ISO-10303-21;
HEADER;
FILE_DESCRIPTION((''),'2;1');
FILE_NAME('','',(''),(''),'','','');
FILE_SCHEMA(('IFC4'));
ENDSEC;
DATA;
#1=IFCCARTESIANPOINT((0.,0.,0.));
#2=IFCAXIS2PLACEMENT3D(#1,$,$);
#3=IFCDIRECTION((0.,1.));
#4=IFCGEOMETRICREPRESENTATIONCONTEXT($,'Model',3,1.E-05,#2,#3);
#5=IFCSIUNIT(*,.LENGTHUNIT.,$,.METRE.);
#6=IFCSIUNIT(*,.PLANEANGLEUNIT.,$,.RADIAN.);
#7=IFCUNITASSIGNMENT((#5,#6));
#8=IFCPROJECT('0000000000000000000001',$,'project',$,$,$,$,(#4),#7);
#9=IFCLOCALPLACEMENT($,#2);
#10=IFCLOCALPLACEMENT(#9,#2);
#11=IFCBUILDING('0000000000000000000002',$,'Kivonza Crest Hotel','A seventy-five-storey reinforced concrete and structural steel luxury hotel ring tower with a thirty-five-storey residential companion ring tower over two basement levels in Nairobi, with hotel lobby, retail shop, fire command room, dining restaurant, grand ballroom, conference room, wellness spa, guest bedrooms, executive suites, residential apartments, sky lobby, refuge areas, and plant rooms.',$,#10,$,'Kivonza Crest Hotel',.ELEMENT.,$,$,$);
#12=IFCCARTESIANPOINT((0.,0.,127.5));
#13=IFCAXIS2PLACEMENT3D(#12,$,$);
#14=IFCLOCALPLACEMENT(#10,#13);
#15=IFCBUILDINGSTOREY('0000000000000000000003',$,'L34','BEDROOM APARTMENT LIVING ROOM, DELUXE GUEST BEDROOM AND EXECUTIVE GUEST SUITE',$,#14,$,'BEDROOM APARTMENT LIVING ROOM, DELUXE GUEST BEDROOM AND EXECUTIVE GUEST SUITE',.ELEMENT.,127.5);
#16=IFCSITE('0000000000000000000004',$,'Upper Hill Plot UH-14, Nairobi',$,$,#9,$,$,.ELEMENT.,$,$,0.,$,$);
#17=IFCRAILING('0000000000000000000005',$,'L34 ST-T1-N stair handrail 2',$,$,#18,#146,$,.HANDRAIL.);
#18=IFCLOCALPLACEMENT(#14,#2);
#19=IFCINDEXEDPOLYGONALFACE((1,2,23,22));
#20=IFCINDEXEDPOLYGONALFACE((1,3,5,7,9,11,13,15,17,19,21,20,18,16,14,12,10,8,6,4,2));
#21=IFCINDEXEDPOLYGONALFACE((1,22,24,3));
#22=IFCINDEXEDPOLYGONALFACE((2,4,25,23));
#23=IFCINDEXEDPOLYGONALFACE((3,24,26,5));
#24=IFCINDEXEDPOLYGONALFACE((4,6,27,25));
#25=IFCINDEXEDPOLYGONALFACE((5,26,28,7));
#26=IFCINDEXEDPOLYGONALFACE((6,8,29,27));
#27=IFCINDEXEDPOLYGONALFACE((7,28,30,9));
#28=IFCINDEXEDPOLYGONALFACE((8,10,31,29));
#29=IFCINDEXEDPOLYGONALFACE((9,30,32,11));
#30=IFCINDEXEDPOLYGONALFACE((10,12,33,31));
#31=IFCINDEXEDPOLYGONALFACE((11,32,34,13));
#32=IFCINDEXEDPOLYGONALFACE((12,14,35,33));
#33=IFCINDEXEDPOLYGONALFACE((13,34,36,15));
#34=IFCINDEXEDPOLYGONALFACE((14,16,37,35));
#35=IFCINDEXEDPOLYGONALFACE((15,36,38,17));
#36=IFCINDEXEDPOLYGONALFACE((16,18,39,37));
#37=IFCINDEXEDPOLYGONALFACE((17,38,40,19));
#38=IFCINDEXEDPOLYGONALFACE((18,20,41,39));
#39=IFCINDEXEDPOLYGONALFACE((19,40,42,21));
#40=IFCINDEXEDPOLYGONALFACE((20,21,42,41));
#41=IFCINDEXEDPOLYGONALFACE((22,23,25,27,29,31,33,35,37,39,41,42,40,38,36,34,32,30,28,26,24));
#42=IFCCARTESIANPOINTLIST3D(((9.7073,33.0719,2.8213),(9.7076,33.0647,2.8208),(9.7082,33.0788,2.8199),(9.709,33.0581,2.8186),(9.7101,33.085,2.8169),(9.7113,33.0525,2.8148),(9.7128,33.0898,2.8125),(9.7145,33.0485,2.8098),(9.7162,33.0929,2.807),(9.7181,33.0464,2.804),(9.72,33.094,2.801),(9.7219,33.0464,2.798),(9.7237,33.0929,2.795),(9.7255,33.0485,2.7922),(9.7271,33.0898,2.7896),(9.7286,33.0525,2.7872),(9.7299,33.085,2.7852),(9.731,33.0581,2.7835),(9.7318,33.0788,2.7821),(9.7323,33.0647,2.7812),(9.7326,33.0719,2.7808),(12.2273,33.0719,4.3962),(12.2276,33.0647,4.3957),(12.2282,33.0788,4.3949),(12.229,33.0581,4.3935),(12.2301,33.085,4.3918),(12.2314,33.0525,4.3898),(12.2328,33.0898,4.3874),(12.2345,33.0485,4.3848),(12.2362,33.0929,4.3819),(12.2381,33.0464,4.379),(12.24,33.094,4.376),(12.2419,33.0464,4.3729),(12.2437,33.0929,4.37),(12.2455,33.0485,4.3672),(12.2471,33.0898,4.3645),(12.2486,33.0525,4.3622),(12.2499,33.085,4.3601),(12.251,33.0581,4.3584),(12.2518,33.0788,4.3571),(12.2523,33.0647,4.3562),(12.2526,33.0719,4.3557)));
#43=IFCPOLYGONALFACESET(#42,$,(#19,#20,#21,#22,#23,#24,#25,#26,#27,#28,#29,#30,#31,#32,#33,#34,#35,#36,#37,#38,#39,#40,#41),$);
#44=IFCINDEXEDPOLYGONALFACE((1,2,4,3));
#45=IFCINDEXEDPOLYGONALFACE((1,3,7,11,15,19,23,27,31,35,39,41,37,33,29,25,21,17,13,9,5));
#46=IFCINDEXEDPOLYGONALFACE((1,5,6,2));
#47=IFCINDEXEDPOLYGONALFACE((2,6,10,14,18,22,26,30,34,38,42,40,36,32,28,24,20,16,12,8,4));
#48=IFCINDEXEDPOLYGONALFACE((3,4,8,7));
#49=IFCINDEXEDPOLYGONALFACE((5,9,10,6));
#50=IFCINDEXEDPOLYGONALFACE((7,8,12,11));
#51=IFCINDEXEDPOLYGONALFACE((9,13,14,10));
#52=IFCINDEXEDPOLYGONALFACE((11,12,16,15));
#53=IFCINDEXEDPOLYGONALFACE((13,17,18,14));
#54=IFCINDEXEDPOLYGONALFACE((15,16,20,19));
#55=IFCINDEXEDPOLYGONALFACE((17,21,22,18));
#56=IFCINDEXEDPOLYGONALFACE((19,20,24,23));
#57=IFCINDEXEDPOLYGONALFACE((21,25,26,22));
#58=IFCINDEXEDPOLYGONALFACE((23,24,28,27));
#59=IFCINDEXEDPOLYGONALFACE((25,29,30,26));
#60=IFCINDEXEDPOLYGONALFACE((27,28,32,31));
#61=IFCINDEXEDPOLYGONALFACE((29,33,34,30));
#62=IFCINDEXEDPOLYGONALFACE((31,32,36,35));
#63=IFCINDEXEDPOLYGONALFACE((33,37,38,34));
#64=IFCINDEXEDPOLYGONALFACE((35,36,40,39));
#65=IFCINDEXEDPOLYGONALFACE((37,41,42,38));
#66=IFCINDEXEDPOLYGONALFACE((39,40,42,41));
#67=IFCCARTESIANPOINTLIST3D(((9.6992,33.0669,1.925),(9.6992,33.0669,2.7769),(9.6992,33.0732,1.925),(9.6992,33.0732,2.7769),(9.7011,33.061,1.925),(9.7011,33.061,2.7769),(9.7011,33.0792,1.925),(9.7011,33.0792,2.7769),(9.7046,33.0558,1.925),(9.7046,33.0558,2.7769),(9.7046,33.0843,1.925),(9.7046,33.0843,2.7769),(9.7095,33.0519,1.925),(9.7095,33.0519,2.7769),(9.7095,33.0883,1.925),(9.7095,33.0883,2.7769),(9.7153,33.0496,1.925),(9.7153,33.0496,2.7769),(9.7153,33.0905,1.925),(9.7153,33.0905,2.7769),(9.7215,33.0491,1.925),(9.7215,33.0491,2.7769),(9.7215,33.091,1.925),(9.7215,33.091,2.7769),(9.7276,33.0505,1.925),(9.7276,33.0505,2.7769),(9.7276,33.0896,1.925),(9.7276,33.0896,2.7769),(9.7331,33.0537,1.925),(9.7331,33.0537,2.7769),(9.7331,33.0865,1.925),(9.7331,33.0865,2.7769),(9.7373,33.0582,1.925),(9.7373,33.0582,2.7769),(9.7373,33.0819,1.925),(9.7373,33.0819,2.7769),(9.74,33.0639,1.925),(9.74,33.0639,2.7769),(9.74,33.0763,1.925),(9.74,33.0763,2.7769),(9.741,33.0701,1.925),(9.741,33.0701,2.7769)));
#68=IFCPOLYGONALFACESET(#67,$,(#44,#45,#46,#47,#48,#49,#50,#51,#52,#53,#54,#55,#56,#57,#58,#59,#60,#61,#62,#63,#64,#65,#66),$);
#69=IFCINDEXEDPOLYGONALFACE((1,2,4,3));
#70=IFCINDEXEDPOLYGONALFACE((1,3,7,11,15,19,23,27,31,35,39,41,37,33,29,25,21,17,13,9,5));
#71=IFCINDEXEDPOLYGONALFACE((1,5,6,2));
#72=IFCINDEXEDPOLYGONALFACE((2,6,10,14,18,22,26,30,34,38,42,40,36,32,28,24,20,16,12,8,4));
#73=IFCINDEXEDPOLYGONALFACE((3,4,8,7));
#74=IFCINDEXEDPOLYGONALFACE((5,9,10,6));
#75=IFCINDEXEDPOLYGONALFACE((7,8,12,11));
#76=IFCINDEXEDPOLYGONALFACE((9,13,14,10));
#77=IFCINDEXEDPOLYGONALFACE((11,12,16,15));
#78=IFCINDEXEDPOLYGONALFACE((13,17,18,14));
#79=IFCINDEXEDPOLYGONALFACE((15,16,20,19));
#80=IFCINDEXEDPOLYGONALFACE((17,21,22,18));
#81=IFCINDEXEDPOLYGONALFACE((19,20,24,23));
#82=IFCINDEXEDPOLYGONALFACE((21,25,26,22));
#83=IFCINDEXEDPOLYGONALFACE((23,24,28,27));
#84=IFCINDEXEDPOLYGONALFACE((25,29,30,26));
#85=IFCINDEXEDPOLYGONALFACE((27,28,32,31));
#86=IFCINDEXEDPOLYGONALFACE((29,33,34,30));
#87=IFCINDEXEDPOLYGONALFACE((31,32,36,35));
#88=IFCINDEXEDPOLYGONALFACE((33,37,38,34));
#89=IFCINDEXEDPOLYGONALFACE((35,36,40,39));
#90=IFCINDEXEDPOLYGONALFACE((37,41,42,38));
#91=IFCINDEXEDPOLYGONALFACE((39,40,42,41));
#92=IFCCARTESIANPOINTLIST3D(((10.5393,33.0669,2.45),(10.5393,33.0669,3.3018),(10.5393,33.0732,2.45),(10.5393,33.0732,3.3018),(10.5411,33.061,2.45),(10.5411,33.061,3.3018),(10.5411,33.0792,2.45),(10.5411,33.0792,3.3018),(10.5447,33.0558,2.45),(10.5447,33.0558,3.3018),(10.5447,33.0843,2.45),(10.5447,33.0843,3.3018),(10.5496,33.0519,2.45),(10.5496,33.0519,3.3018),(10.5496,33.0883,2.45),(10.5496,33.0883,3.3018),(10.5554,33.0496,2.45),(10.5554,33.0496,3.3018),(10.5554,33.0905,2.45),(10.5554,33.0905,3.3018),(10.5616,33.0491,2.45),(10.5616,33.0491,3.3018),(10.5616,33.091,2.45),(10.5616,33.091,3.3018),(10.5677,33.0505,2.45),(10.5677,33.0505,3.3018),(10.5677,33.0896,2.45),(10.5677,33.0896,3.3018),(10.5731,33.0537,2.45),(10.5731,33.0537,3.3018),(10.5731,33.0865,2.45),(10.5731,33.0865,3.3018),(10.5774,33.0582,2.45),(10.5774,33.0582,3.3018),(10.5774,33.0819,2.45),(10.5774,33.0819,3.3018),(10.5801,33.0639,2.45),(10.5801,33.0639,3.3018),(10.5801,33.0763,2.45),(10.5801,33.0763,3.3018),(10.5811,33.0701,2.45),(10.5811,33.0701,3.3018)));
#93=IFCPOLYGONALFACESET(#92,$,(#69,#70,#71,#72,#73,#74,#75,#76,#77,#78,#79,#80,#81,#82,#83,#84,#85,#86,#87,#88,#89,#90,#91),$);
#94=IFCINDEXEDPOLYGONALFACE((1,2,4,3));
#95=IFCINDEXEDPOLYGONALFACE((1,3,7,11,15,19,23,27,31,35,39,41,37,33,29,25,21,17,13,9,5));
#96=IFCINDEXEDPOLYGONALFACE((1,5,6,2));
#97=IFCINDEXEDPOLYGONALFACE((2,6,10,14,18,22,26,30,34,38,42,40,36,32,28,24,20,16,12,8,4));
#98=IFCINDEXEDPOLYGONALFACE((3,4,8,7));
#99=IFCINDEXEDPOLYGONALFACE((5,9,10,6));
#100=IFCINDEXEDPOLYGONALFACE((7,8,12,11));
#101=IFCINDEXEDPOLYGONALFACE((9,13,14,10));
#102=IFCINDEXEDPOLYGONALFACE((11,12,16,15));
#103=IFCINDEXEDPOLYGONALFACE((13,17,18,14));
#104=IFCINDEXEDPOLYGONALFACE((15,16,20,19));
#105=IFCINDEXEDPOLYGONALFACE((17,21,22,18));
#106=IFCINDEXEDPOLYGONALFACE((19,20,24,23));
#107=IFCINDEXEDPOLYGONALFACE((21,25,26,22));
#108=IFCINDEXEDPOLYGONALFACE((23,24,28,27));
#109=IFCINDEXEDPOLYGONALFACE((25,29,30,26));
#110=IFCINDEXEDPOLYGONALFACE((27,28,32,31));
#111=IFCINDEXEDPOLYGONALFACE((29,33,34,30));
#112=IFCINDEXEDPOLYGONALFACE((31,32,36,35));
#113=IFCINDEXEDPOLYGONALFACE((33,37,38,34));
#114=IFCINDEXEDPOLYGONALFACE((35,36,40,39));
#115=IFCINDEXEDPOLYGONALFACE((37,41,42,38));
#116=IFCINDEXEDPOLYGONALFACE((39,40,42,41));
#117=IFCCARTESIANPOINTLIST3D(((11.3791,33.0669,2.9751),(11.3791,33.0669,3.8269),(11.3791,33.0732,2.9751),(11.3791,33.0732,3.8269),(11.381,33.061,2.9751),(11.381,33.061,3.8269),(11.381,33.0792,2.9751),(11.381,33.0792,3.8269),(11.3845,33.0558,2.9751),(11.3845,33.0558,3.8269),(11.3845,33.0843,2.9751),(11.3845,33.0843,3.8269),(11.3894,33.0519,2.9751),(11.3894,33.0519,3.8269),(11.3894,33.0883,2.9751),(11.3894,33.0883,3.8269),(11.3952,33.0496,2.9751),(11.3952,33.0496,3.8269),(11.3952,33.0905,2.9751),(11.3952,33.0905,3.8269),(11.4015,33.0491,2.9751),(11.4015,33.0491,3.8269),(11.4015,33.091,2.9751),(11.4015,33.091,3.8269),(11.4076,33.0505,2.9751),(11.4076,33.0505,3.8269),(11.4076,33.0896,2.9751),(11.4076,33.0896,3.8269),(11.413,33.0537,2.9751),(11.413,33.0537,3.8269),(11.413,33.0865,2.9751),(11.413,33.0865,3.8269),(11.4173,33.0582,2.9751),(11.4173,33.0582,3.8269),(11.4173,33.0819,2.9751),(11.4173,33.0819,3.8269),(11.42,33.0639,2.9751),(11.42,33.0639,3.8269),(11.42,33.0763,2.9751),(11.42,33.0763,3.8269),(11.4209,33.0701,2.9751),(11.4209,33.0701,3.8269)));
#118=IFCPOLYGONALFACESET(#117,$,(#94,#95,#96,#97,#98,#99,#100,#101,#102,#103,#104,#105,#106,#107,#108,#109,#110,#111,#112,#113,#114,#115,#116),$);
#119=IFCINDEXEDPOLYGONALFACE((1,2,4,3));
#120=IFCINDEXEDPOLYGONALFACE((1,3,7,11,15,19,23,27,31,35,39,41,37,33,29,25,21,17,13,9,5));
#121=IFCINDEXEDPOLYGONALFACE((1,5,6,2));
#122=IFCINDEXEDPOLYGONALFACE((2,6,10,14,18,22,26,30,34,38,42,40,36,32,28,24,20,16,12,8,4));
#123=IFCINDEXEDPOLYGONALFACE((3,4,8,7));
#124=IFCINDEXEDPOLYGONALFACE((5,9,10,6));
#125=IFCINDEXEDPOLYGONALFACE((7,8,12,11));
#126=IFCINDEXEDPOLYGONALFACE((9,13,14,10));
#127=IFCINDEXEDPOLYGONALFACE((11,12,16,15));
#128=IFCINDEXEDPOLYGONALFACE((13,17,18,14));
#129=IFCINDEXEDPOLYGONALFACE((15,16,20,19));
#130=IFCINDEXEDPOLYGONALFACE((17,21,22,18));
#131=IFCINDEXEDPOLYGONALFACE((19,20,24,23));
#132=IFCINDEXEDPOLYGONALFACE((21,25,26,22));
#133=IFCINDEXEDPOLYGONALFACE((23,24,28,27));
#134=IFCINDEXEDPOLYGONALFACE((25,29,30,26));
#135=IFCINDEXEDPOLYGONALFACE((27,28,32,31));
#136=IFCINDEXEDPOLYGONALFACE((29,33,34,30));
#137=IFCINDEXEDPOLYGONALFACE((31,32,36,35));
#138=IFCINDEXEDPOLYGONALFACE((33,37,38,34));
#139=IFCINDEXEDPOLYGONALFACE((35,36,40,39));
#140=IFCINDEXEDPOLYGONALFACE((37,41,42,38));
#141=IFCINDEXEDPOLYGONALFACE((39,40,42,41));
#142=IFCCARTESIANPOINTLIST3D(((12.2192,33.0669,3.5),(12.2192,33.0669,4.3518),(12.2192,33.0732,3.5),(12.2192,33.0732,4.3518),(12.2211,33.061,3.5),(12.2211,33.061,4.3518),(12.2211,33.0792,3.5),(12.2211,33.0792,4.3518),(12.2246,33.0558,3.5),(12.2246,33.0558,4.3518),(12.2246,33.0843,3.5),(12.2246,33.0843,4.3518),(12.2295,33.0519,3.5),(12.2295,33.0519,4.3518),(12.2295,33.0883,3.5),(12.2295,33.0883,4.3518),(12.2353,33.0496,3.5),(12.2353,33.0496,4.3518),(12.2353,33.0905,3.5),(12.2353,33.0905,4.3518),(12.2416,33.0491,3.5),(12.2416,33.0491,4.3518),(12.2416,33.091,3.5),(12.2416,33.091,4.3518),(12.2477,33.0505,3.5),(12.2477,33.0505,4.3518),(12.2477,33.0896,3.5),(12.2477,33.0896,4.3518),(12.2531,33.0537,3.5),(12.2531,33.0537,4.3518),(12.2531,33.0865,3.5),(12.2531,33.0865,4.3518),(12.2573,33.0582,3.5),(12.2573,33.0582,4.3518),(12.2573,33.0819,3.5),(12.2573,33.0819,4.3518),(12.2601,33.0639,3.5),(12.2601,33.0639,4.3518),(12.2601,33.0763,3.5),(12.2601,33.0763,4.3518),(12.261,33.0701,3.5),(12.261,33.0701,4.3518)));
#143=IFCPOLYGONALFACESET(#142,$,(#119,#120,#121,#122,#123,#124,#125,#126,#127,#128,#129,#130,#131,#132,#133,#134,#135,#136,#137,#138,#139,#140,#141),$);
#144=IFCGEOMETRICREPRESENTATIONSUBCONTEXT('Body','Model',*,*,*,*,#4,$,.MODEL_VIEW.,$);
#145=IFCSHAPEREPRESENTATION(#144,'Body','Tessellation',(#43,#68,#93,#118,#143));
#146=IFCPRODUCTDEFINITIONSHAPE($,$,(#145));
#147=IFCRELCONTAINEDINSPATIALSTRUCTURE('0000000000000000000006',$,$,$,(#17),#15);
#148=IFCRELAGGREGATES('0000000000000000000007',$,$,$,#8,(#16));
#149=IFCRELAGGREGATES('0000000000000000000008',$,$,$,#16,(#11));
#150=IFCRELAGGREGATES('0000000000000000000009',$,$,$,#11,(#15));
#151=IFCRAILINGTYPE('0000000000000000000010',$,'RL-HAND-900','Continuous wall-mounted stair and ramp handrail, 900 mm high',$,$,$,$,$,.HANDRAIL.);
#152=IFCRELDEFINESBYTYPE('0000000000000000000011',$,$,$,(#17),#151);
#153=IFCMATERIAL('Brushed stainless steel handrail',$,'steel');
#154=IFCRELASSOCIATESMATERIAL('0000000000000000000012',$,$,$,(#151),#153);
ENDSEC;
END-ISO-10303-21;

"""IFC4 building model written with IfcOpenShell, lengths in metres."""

from ifc_helpers import new_model, si_unit, direction, frame, origin, origin_2d, place, context, subcontext, project, spatial, circle, extrude, material, type_object, element, save


model = new_model("IFC4")

# Units and contexts
model_context = context("Model", 3, precision=1e-05, world=origin(), true_north=direction((0.0, 1.0)))
body_context = subcontext(model_context, "Body", "Model", "MODEL_VIEW")
ifc_project = project(units=[si_unit("LENGTHUNIT", "METRE"), si_unit("PLANEANGLEUNIT", "RADIAN")], contexts=[model_context])

# Site, building, storey
site_placement = place(None, origin())
site = spatial("IfcSite", under=ifc_project, at=site_placement, Name="Upper Hill Plot UH-14, Nairobi", CompositionType="ELEMENT", RefElevation=0.0)
building_placement = place(site_placement, origin())
building = spatial("IfcBuilding", under=site, at=building_placement, Name="Kivonza Crest Hotel", Description="A seventy-five-storey reinforced concrete and structural steel luxury hotel ring tower with a thirty-five-storey residential companion ring tower over two basement levels in Nairobi, with hotel lobby, retail shop, fire command room, dining restaurant, grand ballroom, conference room, wellness spa, guest bedrooms, executive suites, residential apartments, sky lobby, refuge areas, and plant rooms.", LongName="Kivonza Crest Hotel", CompositionType="ELEMENT")
storey_placement = place(building_placement, frame((0.0, 0.0, 127.5)))
storey = spatial("IfcBuildingStorey", under=building, at=storey_placement, Name="L34", Description="BEDROOM APARTMENT LIVING ROOM, DELUXE GUEST BEDROOM AND EXECUTIVE GUEST SUITE", LongName="BEDROOM APARTMENT LIVING ROOM, DELUXE GUEST BEDROOM AND EXECUTIVE GUEST SUITE", CompositionType="ELEMENT", Elevation=127.5)

# Railing
ifc_material_1 = material(Name="Brushed stainless steel handrail", Category="steel")
railing_type_1 = type_object("IfcRailingType", Name="RL-HAND-900", Description="Continuous wall-mounted stair and ramp handrail, 900 mm high", PredefinedType="HANDRAIL", material=ifc_material_1)
railing_1_placement = place(storey_placement, frame((9.72, 33.0701, 1.925)))
element("IfcRailing", 1, at=railing_1_placement, inside=storey, type_object=railing_type_1, Name="L34 ST-T1-N stair handrail 2", PredefinedType="HANDRAIL", context=body_context, shape_type="SweptSolid", body=[
    extrude(circle(Radius=0.0239, at=origin_2d()), frame((0.0, 0.0, 0.876), z_axis=(0.848008, 0.0, 0.529984), x_axis=(0.0, 1.0, 0.0)), (0.0, 0.0, 1.0), 2.9717),
    extrude(circle(Radius=0.021, at=origin_2d()), origin(), (0.0, 0.0, 1.0), 0.8518),
    extrude(circle(Radius=0.021, at=origin_2d()), frame((0.8401, 0.0, 0.5249)), (0.0, 0.0, 1.0), 0.8518),
    extrude(circle(Radius=0.021, at=origin_2d()), frame((1.6799, 0.0, 1.05)), (0.0, 0.0, 1.0), 0.8518),
    extrude(circle(Radius=0.021, at=origin_2d()), frame((2.52, 0.0, 1.575)), (0.0, 0.0, 1.0), 0.8518),
])

save(model, "model.ifc")
